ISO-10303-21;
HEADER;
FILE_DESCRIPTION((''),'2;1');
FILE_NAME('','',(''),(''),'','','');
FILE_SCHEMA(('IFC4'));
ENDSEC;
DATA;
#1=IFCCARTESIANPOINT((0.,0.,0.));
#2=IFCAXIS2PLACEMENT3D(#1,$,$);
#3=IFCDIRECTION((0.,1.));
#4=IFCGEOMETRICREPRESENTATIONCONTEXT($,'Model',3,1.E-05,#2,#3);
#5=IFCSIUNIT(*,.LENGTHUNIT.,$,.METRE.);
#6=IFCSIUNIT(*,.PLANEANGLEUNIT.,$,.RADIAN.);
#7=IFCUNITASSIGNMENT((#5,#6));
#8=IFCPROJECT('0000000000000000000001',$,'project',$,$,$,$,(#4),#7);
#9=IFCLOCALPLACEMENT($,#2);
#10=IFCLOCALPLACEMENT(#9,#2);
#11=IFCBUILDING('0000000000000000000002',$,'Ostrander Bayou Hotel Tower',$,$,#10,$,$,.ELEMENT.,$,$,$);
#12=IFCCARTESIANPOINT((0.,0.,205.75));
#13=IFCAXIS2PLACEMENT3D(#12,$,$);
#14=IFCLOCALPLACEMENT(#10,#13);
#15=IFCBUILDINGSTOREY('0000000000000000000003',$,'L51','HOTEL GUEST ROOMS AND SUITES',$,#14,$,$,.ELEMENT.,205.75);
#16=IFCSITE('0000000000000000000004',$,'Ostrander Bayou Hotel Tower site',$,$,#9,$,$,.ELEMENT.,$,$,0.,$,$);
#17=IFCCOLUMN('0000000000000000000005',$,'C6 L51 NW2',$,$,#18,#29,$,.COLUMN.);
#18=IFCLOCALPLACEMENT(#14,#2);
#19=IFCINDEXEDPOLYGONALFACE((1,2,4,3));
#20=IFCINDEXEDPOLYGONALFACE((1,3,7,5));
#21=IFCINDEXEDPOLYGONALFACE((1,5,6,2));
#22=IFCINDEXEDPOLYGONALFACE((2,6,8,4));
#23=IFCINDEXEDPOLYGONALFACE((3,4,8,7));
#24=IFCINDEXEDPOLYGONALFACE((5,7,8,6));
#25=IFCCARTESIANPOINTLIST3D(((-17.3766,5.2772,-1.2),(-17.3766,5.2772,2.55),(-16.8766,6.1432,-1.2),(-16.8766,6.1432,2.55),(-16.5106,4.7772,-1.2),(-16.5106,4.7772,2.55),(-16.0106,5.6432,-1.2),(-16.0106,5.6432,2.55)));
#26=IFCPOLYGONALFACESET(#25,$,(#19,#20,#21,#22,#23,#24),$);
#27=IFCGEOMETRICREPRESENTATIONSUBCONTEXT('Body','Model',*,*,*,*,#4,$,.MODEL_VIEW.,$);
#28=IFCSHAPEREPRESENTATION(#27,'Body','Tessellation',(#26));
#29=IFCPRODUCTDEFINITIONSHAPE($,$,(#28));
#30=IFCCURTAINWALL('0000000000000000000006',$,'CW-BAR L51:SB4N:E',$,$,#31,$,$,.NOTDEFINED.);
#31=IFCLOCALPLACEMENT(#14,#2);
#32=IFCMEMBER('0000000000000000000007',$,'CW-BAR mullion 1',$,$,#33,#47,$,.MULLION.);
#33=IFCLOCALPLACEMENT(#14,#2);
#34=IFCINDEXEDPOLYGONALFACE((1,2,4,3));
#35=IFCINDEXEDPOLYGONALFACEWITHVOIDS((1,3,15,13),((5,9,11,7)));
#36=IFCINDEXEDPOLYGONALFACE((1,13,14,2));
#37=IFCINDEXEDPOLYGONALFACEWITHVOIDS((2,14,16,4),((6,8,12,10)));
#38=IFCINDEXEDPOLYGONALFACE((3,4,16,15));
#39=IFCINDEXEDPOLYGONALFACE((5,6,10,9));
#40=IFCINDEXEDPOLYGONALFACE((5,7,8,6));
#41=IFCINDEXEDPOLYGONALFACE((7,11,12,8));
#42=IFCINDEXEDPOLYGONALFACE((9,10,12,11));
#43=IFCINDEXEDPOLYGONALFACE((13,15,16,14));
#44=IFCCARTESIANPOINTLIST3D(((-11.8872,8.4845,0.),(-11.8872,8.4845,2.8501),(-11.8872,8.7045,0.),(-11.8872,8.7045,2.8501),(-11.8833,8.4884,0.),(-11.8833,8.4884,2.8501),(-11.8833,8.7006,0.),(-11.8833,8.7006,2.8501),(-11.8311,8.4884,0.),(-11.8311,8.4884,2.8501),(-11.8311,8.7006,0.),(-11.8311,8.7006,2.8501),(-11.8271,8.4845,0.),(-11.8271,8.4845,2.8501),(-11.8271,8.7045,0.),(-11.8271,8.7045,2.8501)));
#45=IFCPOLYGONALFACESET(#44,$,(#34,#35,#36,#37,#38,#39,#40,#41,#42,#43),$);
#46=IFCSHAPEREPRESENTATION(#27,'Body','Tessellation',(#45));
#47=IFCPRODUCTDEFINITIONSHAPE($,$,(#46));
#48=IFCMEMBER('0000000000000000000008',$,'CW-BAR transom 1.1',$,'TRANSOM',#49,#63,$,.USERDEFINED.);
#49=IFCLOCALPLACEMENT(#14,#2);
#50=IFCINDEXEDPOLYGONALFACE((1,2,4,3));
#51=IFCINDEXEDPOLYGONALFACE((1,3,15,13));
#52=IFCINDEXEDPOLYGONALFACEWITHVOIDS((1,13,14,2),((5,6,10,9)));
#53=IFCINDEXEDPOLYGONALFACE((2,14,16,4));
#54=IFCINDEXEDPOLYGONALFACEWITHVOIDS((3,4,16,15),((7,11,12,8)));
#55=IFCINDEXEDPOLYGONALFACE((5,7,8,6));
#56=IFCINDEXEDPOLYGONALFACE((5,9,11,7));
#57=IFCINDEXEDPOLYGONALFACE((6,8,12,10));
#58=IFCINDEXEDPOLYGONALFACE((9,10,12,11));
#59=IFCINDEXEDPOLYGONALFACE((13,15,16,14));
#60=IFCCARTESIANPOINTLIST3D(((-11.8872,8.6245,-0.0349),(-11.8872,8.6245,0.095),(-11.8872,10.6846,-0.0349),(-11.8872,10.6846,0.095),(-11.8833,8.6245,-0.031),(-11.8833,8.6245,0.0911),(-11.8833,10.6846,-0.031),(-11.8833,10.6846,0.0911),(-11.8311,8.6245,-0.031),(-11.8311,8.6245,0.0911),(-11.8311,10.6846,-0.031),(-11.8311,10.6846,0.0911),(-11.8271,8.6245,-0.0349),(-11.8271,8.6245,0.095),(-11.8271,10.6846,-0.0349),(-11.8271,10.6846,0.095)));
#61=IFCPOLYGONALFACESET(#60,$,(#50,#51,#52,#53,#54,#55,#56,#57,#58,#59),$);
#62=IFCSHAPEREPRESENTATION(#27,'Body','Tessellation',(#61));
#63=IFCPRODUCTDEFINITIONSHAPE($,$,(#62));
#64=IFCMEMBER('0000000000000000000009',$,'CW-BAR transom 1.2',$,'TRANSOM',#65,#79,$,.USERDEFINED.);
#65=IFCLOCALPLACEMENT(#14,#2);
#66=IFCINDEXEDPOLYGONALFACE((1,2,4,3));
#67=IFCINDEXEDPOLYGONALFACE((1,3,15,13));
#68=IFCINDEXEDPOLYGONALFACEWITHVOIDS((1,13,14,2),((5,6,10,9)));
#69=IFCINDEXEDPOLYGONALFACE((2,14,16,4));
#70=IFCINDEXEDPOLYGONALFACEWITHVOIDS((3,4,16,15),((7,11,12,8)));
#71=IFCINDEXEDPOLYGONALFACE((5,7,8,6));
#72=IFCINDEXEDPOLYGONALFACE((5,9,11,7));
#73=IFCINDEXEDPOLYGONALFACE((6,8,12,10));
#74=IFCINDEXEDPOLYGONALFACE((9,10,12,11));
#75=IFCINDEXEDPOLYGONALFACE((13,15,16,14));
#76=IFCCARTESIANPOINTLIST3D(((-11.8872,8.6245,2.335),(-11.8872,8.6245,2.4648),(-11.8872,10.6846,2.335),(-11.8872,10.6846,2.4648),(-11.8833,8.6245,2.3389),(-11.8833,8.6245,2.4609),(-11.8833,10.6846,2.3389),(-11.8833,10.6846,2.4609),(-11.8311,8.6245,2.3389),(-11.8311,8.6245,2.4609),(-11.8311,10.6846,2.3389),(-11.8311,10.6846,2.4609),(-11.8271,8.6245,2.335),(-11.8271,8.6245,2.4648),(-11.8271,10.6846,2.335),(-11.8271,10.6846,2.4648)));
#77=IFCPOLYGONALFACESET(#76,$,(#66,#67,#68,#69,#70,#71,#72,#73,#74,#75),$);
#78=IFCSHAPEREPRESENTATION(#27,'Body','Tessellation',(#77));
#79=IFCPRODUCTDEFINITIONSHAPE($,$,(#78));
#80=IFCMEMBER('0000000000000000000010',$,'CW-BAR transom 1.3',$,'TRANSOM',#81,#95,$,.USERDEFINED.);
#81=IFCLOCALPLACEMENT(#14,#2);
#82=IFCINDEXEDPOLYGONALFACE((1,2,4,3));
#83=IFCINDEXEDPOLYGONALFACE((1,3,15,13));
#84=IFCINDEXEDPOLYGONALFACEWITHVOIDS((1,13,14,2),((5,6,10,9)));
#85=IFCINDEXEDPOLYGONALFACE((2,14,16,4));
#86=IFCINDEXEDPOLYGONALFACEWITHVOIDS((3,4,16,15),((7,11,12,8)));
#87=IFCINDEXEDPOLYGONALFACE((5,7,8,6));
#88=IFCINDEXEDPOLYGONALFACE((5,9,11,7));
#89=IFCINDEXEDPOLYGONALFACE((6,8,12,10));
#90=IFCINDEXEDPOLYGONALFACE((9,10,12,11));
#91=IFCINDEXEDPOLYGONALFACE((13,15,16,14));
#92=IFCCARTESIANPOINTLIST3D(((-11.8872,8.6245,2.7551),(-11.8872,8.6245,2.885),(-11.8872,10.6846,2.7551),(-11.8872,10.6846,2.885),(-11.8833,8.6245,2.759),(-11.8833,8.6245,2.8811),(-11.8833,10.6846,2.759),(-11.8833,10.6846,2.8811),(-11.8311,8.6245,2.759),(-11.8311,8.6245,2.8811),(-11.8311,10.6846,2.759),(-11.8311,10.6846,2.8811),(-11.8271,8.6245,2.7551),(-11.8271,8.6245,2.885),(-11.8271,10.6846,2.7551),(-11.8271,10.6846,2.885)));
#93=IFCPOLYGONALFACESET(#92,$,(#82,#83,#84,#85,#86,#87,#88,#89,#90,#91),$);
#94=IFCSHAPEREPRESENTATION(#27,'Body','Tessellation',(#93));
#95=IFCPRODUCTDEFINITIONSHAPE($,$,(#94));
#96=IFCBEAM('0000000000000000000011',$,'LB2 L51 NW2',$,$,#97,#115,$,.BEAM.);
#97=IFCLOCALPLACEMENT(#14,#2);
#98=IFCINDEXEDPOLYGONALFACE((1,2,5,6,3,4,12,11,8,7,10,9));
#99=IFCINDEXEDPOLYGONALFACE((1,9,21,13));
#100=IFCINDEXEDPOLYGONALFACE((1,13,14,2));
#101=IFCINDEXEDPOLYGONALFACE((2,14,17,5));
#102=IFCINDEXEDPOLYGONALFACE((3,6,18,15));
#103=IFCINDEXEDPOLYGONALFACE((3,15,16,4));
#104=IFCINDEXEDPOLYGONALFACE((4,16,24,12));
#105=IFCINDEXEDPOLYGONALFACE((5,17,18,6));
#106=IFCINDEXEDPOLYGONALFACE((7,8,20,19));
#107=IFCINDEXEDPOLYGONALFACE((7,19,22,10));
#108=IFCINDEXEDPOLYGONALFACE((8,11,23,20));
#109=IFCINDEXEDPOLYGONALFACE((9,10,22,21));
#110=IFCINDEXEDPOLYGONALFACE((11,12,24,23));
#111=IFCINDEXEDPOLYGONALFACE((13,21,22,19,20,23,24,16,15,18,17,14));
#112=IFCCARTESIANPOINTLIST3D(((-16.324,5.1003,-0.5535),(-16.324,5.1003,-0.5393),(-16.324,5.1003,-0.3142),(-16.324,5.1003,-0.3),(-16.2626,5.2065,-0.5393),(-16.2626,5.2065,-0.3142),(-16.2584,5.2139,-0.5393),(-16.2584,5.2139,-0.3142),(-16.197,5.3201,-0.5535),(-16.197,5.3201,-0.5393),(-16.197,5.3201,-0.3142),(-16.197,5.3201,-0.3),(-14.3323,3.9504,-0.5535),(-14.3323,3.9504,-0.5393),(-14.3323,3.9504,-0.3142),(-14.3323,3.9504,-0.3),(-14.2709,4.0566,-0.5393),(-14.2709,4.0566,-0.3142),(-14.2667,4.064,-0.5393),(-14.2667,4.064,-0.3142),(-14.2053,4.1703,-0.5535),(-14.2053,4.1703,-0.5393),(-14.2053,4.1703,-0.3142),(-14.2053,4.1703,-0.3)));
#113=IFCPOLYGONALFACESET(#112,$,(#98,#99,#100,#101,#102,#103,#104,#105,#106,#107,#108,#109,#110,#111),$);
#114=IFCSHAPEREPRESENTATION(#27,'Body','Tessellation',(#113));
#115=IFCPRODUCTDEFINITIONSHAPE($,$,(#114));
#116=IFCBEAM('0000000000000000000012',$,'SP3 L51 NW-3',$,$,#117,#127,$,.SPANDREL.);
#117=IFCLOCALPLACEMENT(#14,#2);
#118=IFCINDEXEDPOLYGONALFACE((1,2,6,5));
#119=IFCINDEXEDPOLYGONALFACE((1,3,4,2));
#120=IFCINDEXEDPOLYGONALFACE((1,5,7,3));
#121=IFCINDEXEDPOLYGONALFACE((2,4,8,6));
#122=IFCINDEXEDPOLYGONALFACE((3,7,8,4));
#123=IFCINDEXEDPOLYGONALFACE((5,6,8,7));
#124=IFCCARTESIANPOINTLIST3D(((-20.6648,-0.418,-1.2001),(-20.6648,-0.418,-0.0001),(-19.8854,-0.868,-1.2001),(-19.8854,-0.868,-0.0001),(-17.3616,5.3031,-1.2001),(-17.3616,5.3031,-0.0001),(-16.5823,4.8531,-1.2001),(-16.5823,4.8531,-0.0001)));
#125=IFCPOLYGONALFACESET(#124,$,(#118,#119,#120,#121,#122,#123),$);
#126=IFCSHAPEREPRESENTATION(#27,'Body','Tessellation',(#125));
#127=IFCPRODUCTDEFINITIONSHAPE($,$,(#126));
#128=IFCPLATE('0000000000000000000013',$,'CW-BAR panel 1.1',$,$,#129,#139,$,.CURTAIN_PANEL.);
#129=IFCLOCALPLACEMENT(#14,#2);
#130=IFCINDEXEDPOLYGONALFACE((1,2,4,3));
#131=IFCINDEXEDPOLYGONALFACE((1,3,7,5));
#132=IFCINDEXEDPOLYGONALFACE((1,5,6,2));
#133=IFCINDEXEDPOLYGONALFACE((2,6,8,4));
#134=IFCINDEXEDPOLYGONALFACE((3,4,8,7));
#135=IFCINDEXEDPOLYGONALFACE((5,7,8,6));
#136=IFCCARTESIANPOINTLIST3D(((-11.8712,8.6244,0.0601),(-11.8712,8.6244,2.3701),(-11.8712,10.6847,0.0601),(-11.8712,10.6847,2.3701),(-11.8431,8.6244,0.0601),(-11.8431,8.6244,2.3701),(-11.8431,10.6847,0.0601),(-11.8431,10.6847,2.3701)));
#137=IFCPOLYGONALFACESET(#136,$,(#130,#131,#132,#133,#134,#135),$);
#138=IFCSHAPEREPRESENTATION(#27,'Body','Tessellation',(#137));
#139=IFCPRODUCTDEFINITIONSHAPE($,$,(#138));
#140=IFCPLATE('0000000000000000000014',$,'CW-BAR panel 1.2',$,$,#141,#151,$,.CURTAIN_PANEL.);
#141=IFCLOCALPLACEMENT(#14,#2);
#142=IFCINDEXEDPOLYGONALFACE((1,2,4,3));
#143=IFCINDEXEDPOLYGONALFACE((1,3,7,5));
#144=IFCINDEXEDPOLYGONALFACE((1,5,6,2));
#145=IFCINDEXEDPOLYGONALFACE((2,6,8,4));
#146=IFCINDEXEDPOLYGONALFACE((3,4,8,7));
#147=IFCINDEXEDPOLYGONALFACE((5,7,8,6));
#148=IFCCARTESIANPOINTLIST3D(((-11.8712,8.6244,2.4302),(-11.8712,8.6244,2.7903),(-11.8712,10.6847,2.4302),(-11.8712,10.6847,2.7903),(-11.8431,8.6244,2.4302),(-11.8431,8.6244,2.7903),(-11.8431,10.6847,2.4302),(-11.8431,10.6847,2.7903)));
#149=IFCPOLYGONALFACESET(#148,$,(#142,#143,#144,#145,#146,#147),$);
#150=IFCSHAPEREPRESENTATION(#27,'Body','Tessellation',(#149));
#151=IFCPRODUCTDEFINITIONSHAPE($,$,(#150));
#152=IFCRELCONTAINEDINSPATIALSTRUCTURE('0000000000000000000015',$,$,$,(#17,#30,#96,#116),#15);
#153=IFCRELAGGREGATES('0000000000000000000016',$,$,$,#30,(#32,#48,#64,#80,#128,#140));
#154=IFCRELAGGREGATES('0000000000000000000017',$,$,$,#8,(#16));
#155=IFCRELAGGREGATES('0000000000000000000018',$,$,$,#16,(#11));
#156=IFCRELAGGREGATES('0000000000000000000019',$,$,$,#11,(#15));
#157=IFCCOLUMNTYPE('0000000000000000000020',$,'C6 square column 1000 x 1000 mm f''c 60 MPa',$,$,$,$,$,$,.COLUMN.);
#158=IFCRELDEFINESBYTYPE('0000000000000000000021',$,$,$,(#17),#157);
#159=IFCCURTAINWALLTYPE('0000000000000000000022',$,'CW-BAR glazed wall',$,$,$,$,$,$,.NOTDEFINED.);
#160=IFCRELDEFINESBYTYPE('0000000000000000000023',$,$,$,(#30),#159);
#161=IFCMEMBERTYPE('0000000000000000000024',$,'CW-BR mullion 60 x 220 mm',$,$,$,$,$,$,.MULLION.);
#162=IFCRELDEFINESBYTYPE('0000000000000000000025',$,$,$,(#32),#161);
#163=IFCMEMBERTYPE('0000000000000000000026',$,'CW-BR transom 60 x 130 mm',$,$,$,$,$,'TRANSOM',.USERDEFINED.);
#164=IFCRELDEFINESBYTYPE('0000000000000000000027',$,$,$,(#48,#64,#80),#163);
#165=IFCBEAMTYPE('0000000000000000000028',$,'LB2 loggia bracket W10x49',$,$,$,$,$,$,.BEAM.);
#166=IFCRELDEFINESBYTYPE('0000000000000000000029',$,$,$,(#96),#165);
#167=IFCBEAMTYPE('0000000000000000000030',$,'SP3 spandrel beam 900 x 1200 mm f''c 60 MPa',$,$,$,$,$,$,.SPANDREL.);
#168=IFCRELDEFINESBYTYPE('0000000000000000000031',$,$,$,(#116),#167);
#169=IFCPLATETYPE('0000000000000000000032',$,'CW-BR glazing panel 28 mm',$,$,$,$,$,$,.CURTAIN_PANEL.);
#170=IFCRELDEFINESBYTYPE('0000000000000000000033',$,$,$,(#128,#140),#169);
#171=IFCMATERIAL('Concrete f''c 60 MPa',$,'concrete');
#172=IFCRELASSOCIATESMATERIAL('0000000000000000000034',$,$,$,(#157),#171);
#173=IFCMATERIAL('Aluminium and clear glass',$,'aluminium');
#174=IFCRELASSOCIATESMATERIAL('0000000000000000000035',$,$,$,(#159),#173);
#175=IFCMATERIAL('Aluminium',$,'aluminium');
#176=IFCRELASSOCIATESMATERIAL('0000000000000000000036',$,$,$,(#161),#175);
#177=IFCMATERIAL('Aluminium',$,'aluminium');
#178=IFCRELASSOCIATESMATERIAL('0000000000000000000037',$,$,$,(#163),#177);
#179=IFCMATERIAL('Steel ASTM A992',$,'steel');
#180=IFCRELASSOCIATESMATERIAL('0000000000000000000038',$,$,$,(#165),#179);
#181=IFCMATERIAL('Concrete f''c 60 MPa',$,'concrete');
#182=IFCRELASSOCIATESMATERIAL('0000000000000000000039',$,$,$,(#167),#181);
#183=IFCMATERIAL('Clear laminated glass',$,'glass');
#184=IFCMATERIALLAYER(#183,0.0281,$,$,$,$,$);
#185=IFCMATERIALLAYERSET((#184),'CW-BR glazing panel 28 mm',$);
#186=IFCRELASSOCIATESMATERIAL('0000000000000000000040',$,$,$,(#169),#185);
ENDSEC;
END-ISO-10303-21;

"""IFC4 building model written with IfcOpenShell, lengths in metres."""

from ifc_helpers import new_model, si_unit, direction, frame, origin, origin_2d, place, context, subcontext, project, spatial, rectangle, hollow_rectangle, i_section, extrude, material, layer, layer_set, material_profile, profile_set, type_object, element, aggregate, save


model = new_model("IFC4")

# Units and contexts
model_context = context("Model", 3, precision=1e-05, world=origin(), true_north=direction((0.0, 1.0)))
body_context = subcontext(model_context, "Body", "Model", "MODEL_VIEW")
ifc_project = project(units=[si_unit("LENGTHUNIT", "METRE"), si_unit("PLANEANGLEUNIT", "RADIAN")], contexts=[model_context])

# Site, building, storey
site_placement = place(None, origin())
site = spatial("IfcSite", under=ifc_project, at=site_placement, Name="Ostrander Bayou Hotel Tower site", CompositionType="ELEMENT", RefElevation=0.0)
building_placement = place(site_placement, origin())
building = spatial("IfcBuilding", under=site, at=building_placement, Name="Ostrander Bayou Hotel Tower", CompositionType="ELEMENT")
storey_placement = place(building_placement, frame((0.0, 0.0, 205.75)))
storey = spatial("IfcBuildingStorey", under=building, at=storey_placement, Name="L51", Description="HOTEL GUEST ROOMS AND SUITES", CompositionType="ELEMENT", Elevation=205.75)

# Column
ifc_material_1 = material(Name="Concrete f'c 60 MPa", Category="concrete")
ifc_material_profile_1 = material_profile(ifc_material_1, rectangle(XDim=1.0, YDim=1.0, at=origin_2d()))
ifc_profile_set_1 = profile_set([ifc_material_profile_1], Name="Concrete f'c 60 MPa")
column_type = type_object("IfcColumnType", Name="C6 square column 1000 x 1000 mm f'c 60 MPa", PredefinedType="COLUMN", material=ifc_profile_set_1)
column_placement = place(storey_placement, frame((-16.6936, 5.4602, -1.2), z_axis=(0.0, 0.0, 1.0), x_axis=(0.5, 0.866025, 0.0)))
element("IfcColumn", 1, at=column_placement, inside=storey, type_object=column_type, Name="C6 L51 NW2", PredefinedType="COLUMN", context=body_context, shape_type="SweptSolid", body=[
    extrude(rectangle(XDim=1.0, YDim=1.0, at=origin_2d()), origin(), (0.0, 0.0, 1.0), 3.75),
])

# Curtain wall, members
ifc_material_2 = material(Name="Aluminium and clear glass", Category="aluminium")
curtain_wall_type = type_object("IfcCurtainWallType", Name="CW-BAR glazed wall", PredefinedType="NOTDEFINED", material=ifc_material_2)
curtain_wall_placement = place(storey_placement, origin())
curtain_wall = element("IfcCurtainWall", 2, at=curtain_wall_placement, inside=storey, type_object=curtain_wall_type, Name="CW-BAR L51:SB4N:E", PredefinedType="NOTDEFINED")
ifc_material_3 = material(Name="Aluminium", Category="aluminium")
ifc_material_profile_2 = material_profile(ifc_material_3, hollow_rectangle(XDim=0.0601, YDim=0.22, WallThickness=0.0039, at=origin_2d()))
ifc_profile_set_2 = profile_set([ifc_material_profile_2], Name="Aluminium")
member_type_1 = type_object("IfcMemberType", Name="CW-BR mullion 60 x 220 mm", PredefinedType="MULLION", material=ifc_profile_set_2)
member_1_placement = place(storey_placement, frame((-11.8572, 8.5945, 0.0), z_axis=(0.0, 0.0, 1.0), x_axis=(-1.0, 0.0, 0.0)))
member_1 = element("IfcMember", 3, at=member_1_placement, type_object=member_type_1, Name="CW-BAR mullion 1", PredefinedType="MULLION", context=body_context, shape_type="SweptSolid", body=[
    extrude(hollow_rectangle(XDim=0.0601, YDim=0.22, WallThickness=0.0039, at=origin_2d()), origin(), (0.0, 0.0, 1.0), 2.8501),
])
ifc_material_4 = material(Name="Aluminium", Category="aluminium")
ifc_material_profile_3 = material_profile(ifc_material_4, hollow_rectangle(XDim=0.0601, YDim=0.1299, WallThickness=0.0039, at=origin_2d()))
ifc_profile_set_3 = profile_set([ifc_material_profile_3], Name="Aluminium")
member_type_2 = type_object("IfcMemberType", Name="CW-BR transom 60 x 130 mm", ElementType="TRANSOM", PredefinedType="USERDEFINED", material=ifc_profile_set_3)
member_2_placement = place(storey_placement, frame((-11.8572, 8.6245, 0.03), z_axis=(0.0, 1.0, 0.0), x_axis=(-1.0, 0.0, 0.0)))
member_2 = element("IfcMember", 4, at=member_2_placement, type_object=member_type_2, Name="CW-BAR transom 1.1", ObjectType="TRANSOM", PredefinedType="USERDEFINED", context=body_context, shape_type="SweptSolid", body=[
    extrude(hollow_rectangle(XDim=0.0601, YDim=0.1299, WallThickness=0.0039, at=origin_2d()), origin(), (0.0, 0.0, 1.0), 2.0601),
])
member_3_placement = place(storey_placement, frame((-11.8572, 8.6245, 2.3999), z_axis=(0.0, 1.0, 0.0), x_axis=(-1.0, 0.0, 0.0)))
member_3 = element("IfcMember", 5, at=member_3_placement, type_object=member_type_2, Name="CW-BAR transom 1.2", ObjectType="TRANSOM", PredefinedType="USERDEFINED", context=body_context, shape_type="SweptSolid", body=[
    extrude(hollow_rectangle(XDim=0.0601, YDim=0.1299, WallThickness=0.0039, at=origin_2d()), origin(), (0.0, 0.0, 1.0), 2.0601),
])
member_4_placement = place(storey_placement, frame((-11.8572, 8.6245, 2.8201), z_axis=(0.0, 1.0, 0.0), x_axis=(-1.0, 0.0, 0.0)))
member_4 = element("IfcMember", 6, at=member_4_placement, type_object=member_type_2, Name="CW-BAR transom 1.3", ObjectType="TRANSOM", PredefinedType="USERDEFINED", context=body_context, shape_type="SweptSolid", body=[
    extrude(hollow_rectangle(XDim=0.0601, YDim=0.1299, WallThickness=0.0039, at=origin_2d()), origin(), (0.0, 0.0, 1.0), 2.0601),
])

# Beams
ifc_material_5 = material(Name="Steel ASTM A992", Category="steel")
ifc_material_profile_4 = material_profile(ifc_material_5, i_section(OverallWidth=0.2539, OverallDepth=0.2534, WebThickness=0.0085, FlangeThickness=0.0142, at=origin_2d()))
ifc_profile_set_4 = profile_set([ifc_material_profile_4], Name="Steel ASTM A992")
beam_type_1 = type_object("IfcBeamType", Name="LB2 loggia bracket W10x49", PredefinedType="BEAM", material=ifc_profile_set_4)
beam_1_placement = place(storey_placement, frame((-16.2605, 5.2102, -0.4268), z_axis=(0.866026, -0.499998, 0.0), x_axis=(0.499998, 0.866026, 0.0)))
element("IfcBeam", 7, at=beam_1_placement, inside=storey, type_object=beam_type_1, Name="LB2 L51 NW2", PredefinedType="BEAM", context=body_context, shape_type="SweptSolid", body=[
    extrude(i_section(OverallWidth=0.2539, OverallDepth=0.2534, WebThickness=0.0085, FlangeThickness=0.0142, at=origin_2d()), origin(), (0.0, 0.0, 1.0), 2.2998),
])
ifc_material_6 = material(Name="Concrete f'c 60 MPa", Category="concrete")
ifc_material_profile_5 = material_profile(ifc_material_6, rectangle(XDim=0.8999, YDim=1.2, at=origin_2d()))
ifc_profile_set_5 = profile_set([ifc_material_profile_5], Name="Concrete f'c 60 MPa")
beam_type_2 = type_object("IfcBeamType", Name="SP3 spandrel beam 900 x 1200 mm f'c 60 MPa", PredefinedType="SPANDREL", material=ifc_profile_set_5)
beam_2_placement = place(storey_placement, frame((-16.9719, 5.0781, -0.6001), z_axis=(-0.50001, -0.866019, 0.0), x_axis=(0.866019, -0.50001, 0.0)))
element("IfcBeam", 8, at=beam_2_placement, inside=storey, type_object=beam_type_2, Name="SP3 L51 NW-3", PredefinedType="SPANDREL", context=body_context, shape_type="SweptSolid", body=[
    extrude(rectangle(XDim=0.8999, YDim=1.2, at=origin_2d()), origin(), (0.0, 0.0, 1.0), 6.6062),
])

# Plates
ifc_material_7 = material(Name="Clear laminated glass", Category="glass")
ifc_layer_1 = layer(ifc_material_7, 0.0281)
ifc_layer_set_1 = layer_set([ifc_layer_1], Name="CW-BR glazing panel 28 mm")
plate_type = type_object("IfcPlateType", Name="CW-BR glazing panel 28 mm", PredefinedType="CURTAIN_PANEL", material=ifc_layer_set_1)
plate_1_placement = place(storey_placement, frame((-11.8572, 9.6545, 0.0601), z_axis=(0.0, 0.0, 1.0), x_axis=(0.0, 1.0, 0.0)))
plate_1 = element("IfcPlate", 9, at=plate_1_placement, type_object=plate_type, Name="CW-BAR panel 1.1", PredefinedType="CURTAIN_PANEL", context=body_context, shape_type="SweptSolid", body=[
    extrude(rectangle(XDim=2.0603, YDim=0.0281, at=origin_2d()), origin(), (0.0, 0.0, 1.0), 2.3101),
])
plate_2_placement = place(storey_placement, frame((-11.8572, 9.6545, 2.4302), z_axis=(0.0, 0.0, 1.0), x_axis=(0.0, 1.0, 0.0)))
plate_2 = element("IfcPlate", 10, at=plate_2_placement, type_object=plate_type, Name="CW-BAR panel 1.2", PredefinedType="CURTAIN_PANEL", context=body_context, shape_type="SweptSolid", body=[
    extrude(rectangle(XDim=2.0603, YDim=0.0281, at=origin_2d()), origin(), (0.0, 0.0, 1.0), 0.3601),
])
aggregate(curtain_wall, [member_1, member_2, member_3, member_4, plate_1, plate_2])

save(model, "model.ifc")
